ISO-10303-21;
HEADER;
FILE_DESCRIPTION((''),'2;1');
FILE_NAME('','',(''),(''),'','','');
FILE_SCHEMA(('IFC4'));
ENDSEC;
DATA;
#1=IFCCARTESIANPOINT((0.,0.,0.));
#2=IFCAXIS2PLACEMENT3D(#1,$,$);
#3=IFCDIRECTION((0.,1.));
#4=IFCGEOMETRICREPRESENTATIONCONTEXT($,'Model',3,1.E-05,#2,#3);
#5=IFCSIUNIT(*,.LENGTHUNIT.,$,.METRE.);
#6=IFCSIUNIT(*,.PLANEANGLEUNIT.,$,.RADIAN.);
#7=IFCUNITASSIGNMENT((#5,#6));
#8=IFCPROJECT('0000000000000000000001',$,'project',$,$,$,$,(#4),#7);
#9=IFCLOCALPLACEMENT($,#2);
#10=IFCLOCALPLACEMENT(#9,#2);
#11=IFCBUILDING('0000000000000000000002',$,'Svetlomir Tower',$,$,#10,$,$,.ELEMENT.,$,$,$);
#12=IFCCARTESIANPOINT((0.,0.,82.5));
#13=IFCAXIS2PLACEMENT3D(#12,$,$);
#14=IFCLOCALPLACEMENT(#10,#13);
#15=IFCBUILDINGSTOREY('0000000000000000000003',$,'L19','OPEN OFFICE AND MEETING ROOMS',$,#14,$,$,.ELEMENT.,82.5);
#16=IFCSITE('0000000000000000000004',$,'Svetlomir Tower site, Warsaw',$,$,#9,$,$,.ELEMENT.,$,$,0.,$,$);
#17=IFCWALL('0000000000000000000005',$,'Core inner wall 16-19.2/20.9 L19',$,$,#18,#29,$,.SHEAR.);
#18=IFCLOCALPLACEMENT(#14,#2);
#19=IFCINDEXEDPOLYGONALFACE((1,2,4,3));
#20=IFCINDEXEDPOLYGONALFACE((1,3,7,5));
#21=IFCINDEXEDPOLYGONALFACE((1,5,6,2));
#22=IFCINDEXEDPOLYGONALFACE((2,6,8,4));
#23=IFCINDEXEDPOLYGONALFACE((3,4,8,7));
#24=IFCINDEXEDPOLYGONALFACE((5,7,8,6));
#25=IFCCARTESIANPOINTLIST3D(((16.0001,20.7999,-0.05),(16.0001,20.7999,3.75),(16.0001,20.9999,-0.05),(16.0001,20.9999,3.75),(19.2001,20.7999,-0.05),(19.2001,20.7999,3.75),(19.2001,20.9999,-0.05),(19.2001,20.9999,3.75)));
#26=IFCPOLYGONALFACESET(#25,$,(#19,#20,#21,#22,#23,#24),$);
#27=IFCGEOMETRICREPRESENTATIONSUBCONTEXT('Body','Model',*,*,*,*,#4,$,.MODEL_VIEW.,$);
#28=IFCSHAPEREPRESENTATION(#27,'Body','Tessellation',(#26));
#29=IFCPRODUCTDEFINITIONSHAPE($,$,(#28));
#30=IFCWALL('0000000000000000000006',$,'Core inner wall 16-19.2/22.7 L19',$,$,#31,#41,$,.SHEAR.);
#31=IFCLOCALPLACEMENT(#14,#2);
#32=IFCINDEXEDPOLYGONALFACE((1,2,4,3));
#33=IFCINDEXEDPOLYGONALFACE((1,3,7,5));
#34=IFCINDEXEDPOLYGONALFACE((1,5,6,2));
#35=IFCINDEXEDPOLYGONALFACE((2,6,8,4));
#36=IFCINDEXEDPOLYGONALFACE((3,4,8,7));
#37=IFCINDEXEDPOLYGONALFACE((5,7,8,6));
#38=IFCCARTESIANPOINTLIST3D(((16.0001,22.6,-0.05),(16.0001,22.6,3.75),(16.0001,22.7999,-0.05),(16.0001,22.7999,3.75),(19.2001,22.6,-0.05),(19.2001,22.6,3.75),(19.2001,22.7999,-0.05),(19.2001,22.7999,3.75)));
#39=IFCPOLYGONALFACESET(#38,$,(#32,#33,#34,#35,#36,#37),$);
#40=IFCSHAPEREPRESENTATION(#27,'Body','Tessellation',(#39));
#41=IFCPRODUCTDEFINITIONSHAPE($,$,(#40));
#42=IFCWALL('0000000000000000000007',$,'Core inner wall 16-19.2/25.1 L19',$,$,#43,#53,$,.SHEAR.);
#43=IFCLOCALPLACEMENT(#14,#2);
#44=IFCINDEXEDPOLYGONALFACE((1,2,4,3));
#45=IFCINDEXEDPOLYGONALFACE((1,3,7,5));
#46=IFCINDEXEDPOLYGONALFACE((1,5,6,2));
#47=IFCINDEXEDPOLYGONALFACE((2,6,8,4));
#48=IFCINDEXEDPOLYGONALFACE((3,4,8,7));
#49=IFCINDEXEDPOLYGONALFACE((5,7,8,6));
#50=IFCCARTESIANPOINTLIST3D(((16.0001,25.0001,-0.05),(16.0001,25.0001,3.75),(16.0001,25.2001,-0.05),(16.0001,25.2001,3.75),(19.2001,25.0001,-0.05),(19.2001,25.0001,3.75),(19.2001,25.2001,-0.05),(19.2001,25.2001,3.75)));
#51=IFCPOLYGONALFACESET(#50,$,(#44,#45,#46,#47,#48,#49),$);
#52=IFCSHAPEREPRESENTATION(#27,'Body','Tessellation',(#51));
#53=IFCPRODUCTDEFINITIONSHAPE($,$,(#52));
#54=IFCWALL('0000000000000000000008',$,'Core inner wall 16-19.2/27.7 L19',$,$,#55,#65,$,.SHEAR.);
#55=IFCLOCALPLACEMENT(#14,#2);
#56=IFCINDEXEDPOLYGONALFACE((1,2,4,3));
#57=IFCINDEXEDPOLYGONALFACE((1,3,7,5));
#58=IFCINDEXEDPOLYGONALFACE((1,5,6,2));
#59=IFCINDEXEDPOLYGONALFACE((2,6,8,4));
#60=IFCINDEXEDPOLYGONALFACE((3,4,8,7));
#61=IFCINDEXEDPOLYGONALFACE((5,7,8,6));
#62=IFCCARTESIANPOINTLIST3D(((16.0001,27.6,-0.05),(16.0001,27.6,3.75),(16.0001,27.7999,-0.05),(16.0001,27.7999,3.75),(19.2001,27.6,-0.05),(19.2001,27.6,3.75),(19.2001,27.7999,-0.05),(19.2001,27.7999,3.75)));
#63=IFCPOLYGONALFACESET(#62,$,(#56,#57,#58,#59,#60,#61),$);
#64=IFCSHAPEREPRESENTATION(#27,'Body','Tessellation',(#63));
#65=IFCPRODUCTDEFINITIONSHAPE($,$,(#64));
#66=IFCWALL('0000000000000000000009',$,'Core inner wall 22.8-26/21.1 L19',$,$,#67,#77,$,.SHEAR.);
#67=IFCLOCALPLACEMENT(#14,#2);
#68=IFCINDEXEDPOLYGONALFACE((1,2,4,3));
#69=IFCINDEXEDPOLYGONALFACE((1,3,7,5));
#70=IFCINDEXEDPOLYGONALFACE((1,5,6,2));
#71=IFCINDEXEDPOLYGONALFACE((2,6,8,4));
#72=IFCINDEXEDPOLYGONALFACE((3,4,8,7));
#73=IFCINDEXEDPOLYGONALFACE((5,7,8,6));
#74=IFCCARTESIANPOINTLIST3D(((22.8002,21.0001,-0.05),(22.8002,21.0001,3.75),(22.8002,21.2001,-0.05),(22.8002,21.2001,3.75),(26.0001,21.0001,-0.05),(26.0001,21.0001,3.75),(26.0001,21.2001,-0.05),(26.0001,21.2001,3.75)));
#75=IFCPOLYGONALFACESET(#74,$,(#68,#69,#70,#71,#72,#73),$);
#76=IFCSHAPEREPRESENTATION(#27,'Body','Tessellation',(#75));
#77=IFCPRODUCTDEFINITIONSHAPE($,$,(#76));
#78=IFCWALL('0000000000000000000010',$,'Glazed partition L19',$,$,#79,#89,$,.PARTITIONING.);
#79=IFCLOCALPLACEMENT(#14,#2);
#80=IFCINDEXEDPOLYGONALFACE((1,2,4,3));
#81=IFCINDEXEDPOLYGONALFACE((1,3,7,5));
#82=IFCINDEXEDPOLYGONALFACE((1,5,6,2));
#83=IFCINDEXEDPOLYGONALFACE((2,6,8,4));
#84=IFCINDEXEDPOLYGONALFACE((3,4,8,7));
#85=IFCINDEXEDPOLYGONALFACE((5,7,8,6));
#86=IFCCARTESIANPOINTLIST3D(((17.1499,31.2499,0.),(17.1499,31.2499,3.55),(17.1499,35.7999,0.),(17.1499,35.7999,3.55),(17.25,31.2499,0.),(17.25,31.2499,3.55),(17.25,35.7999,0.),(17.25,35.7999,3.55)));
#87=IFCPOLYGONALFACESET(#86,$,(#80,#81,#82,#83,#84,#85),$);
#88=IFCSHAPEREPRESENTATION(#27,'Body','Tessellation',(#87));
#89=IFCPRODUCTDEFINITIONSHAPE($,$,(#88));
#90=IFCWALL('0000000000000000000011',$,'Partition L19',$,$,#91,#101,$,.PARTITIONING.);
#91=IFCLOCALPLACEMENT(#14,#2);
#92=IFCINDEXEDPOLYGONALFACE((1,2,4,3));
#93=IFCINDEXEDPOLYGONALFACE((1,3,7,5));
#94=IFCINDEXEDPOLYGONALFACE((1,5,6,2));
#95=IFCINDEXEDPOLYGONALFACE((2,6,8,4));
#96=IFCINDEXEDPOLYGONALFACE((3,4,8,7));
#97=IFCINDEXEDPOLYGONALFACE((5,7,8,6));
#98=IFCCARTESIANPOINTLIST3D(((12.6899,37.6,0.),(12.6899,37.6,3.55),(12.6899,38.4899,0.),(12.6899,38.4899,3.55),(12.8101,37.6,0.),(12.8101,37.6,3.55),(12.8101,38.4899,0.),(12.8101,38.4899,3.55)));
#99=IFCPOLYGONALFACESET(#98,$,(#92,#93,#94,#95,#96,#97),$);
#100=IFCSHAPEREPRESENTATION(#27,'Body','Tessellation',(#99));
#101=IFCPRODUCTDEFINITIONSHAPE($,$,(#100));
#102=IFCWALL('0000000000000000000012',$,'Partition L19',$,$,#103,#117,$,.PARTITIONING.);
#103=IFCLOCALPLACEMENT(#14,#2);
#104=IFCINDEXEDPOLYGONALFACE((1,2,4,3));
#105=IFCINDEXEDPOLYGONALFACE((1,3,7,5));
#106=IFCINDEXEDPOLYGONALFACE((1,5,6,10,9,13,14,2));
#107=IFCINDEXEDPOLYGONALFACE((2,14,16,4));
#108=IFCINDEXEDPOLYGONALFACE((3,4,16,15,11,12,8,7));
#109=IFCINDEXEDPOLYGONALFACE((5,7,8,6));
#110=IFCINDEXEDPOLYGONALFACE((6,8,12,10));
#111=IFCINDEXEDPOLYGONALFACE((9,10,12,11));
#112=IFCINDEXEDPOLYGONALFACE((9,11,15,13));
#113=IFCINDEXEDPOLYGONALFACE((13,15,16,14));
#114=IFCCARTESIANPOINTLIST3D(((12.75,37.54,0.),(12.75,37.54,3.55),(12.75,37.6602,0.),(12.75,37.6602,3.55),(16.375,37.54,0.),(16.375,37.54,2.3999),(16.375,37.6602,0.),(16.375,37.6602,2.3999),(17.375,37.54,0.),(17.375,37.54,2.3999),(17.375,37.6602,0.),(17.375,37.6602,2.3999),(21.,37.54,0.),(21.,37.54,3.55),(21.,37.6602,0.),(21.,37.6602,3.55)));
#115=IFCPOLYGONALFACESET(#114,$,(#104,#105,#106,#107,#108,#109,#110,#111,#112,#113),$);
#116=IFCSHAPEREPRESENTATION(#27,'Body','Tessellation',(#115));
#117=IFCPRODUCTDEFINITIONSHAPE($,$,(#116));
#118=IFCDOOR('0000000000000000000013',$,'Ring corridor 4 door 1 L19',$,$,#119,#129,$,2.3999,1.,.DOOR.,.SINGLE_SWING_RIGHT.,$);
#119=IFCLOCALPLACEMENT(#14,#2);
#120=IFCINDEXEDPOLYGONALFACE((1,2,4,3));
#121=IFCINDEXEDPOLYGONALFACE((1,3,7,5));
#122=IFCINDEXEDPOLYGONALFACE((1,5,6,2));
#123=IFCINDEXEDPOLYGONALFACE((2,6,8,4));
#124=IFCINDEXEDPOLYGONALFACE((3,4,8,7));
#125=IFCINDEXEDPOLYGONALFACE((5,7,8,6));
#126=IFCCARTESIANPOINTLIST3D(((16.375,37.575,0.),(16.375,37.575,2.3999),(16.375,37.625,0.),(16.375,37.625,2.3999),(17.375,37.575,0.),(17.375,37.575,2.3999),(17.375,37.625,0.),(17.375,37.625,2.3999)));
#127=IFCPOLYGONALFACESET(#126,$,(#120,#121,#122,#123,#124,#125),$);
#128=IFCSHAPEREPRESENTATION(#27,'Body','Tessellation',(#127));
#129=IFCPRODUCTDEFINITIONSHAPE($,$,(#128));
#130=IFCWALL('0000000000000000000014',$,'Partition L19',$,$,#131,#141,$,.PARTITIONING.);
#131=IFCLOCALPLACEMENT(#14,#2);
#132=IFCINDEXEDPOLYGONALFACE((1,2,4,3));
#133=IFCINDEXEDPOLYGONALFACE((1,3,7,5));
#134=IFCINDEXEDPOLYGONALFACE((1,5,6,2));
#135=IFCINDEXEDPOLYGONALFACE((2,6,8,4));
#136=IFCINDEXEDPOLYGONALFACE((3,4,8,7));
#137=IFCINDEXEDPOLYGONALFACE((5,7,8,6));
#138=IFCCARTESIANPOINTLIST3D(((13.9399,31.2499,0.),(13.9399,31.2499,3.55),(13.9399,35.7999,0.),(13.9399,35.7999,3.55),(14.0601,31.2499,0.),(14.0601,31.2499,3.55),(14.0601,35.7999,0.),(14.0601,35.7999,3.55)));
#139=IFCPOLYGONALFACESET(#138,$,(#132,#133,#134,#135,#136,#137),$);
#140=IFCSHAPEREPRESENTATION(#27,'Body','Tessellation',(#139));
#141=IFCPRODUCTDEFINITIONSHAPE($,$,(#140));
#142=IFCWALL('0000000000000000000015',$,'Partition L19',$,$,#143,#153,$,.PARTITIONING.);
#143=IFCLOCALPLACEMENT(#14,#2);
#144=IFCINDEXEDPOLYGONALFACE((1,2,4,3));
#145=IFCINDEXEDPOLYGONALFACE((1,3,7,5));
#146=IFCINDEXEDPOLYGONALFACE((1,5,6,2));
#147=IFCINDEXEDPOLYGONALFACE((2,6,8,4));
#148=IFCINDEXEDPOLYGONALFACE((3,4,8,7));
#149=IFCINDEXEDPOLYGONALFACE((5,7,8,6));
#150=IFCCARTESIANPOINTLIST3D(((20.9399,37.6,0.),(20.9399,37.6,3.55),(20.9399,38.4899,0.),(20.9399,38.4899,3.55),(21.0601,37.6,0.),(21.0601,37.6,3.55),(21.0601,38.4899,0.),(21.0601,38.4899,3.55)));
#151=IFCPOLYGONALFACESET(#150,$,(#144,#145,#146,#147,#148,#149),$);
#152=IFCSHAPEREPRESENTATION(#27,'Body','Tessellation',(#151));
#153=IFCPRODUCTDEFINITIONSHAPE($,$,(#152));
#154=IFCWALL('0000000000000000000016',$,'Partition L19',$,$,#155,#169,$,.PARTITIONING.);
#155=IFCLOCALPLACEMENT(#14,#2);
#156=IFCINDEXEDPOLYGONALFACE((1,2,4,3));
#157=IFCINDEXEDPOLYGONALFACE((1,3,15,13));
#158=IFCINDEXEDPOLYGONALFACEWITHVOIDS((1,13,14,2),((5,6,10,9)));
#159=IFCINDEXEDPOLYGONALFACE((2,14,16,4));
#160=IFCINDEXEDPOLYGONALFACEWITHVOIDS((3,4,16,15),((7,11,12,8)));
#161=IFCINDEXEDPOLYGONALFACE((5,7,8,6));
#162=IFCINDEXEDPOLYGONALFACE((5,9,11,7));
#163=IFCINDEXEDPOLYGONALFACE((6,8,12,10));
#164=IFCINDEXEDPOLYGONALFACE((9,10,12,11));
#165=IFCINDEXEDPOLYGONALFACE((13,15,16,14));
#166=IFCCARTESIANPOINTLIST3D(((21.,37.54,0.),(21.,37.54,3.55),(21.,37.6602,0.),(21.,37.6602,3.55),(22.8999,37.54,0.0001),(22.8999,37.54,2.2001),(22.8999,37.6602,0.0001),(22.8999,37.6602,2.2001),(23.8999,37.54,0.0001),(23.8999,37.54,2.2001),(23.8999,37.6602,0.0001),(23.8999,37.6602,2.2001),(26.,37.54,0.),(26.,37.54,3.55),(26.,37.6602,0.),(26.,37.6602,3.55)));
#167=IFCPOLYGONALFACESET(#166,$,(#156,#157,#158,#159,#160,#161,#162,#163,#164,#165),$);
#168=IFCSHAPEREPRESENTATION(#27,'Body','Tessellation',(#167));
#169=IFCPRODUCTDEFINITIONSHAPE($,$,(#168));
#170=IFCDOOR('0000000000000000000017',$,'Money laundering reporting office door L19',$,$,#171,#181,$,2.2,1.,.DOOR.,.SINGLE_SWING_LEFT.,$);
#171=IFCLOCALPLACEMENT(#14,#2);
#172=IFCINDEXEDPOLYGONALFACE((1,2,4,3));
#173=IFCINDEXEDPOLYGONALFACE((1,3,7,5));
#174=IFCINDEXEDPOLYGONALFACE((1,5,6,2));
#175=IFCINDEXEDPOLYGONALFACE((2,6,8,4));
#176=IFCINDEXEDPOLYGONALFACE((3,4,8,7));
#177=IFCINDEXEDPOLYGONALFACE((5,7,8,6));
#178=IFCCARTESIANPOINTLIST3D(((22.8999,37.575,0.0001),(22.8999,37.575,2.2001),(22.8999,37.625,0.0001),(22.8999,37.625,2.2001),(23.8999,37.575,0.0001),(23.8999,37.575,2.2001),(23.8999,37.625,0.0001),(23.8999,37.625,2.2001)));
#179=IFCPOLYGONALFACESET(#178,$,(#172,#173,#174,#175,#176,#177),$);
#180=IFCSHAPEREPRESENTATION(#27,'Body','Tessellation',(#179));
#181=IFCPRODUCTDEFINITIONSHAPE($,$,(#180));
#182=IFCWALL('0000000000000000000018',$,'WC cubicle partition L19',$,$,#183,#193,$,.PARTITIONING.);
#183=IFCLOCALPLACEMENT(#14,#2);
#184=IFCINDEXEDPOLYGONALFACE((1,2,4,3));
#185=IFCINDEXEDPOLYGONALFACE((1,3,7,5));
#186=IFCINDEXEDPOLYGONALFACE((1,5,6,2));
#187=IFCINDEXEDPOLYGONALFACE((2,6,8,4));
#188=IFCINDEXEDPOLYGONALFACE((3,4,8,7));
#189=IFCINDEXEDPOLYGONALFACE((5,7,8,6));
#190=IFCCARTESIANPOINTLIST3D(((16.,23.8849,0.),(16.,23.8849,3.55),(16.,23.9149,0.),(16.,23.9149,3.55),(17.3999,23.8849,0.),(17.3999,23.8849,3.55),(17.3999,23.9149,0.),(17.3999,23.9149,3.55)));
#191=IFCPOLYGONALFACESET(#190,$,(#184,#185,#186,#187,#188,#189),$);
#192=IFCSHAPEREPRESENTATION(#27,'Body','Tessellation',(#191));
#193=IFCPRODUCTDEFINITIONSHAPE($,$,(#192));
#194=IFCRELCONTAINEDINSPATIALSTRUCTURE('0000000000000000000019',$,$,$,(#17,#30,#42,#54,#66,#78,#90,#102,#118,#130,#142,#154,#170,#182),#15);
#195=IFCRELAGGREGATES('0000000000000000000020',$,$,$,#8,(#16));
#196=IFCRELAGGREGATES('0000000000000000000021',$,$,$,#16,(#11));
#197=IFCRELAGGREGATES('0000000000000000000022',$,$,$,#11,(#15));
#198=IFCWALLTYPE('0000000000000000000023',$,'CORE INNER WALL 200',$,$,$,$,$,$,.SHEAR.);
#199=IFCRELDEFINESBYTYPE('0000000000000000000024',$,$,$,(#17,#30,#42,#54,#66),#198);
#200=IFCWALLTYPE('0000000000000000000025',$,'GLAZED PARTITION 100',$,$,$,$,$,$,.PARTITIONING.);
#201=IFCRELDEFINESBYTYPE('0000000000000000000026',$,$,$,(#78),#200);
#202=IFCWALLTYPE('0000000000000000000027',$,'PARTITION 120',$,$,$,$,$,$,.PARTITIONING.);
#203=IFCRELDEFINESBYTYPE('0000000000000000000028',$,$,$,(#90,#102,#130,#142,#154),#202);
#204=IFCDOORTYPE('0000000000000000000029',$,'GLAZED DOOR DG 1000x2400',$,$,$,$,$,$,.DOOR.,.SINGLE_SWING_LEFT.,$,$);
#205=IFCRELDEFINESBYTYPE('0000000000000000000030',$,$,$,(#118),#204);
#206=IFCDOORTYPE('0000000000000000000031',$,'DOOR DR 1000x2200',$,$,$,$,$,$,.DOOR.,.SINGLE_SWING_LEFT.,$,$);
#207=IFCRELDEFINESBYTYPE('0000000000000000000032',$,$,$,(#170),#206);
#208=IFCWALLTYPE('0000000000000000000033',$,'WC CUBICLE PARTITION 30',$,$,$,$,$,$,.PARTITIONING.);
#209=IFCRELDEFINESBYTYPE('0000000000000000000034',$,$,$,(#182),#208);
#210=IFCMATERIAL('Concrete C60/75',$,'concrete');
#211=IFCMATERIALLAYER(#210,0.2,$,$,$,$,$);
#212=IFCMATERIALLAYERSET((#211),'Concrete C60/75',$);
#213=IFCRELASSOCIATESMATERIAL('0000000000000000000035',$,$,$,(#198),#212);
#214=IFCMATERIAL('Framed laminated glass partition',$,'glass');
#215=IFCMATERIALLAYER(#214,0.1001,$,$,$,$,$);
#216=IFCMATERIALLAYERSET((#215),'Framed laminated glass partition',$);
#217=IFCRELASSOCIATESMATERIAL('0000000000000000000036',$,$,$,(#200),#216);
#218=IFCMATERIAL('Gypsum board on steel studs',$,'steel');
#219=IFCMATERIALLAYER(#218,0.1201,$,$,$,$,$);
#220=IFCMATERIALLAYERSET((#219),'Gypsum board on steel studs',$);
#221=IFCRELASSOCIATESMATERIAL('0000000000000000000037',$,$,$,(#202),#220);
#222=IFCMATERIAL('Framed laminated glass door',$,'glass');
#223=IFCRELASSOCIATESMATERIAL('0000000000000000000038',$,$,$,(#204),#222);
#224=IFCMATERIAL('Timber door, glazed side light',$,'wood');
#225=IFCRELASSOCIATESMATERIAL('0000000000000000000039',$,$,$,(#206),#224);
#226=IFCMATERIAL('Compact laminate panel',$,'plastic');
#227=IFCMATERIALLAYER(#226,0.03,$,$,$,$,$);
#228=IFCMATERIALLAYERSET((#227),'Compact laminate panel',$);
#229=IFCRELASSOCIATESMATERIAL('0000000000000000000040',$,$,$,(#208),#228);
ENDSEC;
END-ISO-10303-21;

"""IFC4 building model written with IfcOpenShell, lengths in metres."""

from ifc_helpers import new_model, si_unit, direction, frame, frame_2d, origin, place, context, subcontext, project, spatial, rectangle, extrude, material, layer, layer_set, type_object, element, fill, save


model = new_model("IFC4")

# Units and contexts
model_context = context("Model", 3, precision=1e-05, world=origin(), true_north=direction((0.0, 1.0)))
body_context = subcontext(model_context, "Body", "Model", "MODEL_VIEW")
ifc_project = project(units=[si_unit("LENGTHUNIT", "METRE"), si_unit("PLANEANGLEUNIT", "RADIAN")], contexts=[model_context])

# Site, building, storey
site_placement = place(None, origin())
site = spatial("IfcSite", under=ifc_project, at=site_placement, Name="Svetlomir Tower site, Warsaw", CompositionType="ELEMENT", RefElevation=0.0)
building_placement = place(site_placement, origin())
building = spatial("IfcBuilding", under=site, at=building_placement, Name="Svetlomir Tower", CompositionType="ELEMENT")
storey_placement = place(building_placement, frame((0.0, 0.0, 82.5)))
storey = spatial("IfcBuildingStorey", under=building, at=storey_placement, Name="L19", Description="OPEN OFFICE AND MEETING ROOMS", CompositionType="ELEMENT", Elevation=82.5)

# Walls
ifc_material_1 = material(Name="Concrete C60/75", Category="concrete")
ifc_layer_1 = layer(ifc_material_1, 0.2)
ifc_layer_set_1 = layer_set([ifc_layer_1], Name="Concrete C60/75")
wall_type_1 = type_object("IfcWallType", Name="CORE INNER WALL 200", PredefinedType="SHEAR", material=ifc_layer_set_1)
for number, where, z_axis, x_axis, name in (
    (1, (16.0, 20.8999, -0.05), (0.0, 0.0, 1.0), (1.0, 0.0, 0.0), "Core inner wall 16-19.2/20.9 L19"),
    (2, (16.0, 22.7, -0.05), (0.0, 0.0, 1.0), (1.0, 0.0, 0.0), "Core inner wall 16-19.2/22.7 L19"),
    (3, (16.0, 25.1001, -0.05), (0.0, 0.0, 1.0), (1.0, 0.0, 0.0), "Core inner wall 16-19.2/25.1 L19"),
    (4, (16.0, 27.7, -0.05), (0.0, 0.0, 1.0), (1.0, 0.0, 0.0), "Core inner wall 16-19.2/27.7 L19"),
    (5, (22.8, 21.1001, -0.05), (0.0, 0.0, 1.0), (1.0, 0.0, 0.0), "Core inner wall 22.8-26/21.1 L19"),
):
    element("IfcWall", number, at=place(storey_placement, frame(where, z_axis=z_axis, x_axis=x_axis)), inside=storey, type_object=wall_type_1, Name=name, PredefinedType="SHEAR", context=body_context, shape_type="SweptSolid", body=[
        extrude(rectangle(XDim=3.2, YDim=0.2, at=frame_2d((1.6001, 0.0))), origin(), (0.0, 0.0, 1.0), 3.8),
    ])
ifc_material_2 = material(Name="Framed laminated glass partition", Category="glass")
ifc_layer_2 = layer(ifc_material_2, 0.1001)
ifc_layer_set_2 = layer_set([ifc_layer_2], Name="Framed laminated glass partition")
wall_type_2 = type_object("IfcWallType", Name="GLAZED PARTITION 100", PredefinedType="PARTITIONING", material=ifc_layer_set_2)
wall_1_placement = place(storey_placement, frame((17.2, 31.25, 0.0), z_axis=(0.0, 0.0, 1.0), x_axis=(0.0, 1.0, 0.0)))
element("IfcWall", 6, at=wall_1_placement, inside=storey, type_object=wall_type_2, Name="Glazed partition L19", PredefinedType="PARTITIONING", context=body_context, shape_type="SweptSolid", body=[
    extrude(rectangle(XDim=4.55, YDim=0.1001, at=frame_2d((2.2749, 0.0))), origin(), (0.0, 0.0, 1.0), 3.55),
])
ifc_material_3 = material(Name="Gypsum board on steel studs", Category="steel")
ifc_layer_3 = layer(ifc_material_3, 0.1201)
ifc_layer_set_3 = layer_set([ifc_layer_3], Name="Gypsum board on steel studs")
wall_type_3 = type_object("IfcWallType", Name="PARTITION 120", PredefinedType="PARTITIONING", material=ifc_layer_set_3)
wall_2_placement = place(storey_placement, frame((12.75, 37.6001, 0.0), z_axis=(0.0, 0.0, 1.0), x_axis=(0.0, 1.0, 0.0)))
element("IfcWall", 7, at=wall_2_placement, inside=storey, type_object=wall_type_3, Name="Partition L19", PredefinedType="PARTITIONING", context=body_context, shape_type="SweptSolid", body=[
    extrude(rectangle(XDim=0.8899, YDim=0.1201, at=frame_2d((0.4448, 0.0))), origin(), (0.0, 0.0, 1.0), 3.55),
])

# Wall, opening, door
wall_3_placement = place(storey_placement, frame((12.75, 37.6001, 0.0), z_axis=(0.0, 0.0, 1.0), x_axis=(1.0, 0.0, 0.0)))
wall_3 = element("IfcWall", 8, at=wall_3_placement, inside=storey, type_object=wall_type_3, Name="Partition L19", PredefinedType="PARTITIONING", context=body_context, shape_type="SweptSolid", body=[
    extrude(rectangle(XDim=8.25, YDim=0.1201, at=frame_2d((4.125, 0.0))), origin(), (0.0, 0.0, 1.0), 3.55),
])
opening_1_placement = place(wall_3_placement, frame((3.625, 0.0, 0.0)))
opening_1 = element("IfcOpeningElement", 9, at=opening_1_placement, cuts=wall_3, PredefinedType="OPENING", context=body_context, shape_type="SweptSolid", body=[
    extrude(rectangle(XDim=1.0, YDim=2.3999, at=frame_2d((0.5, 1.2))), frame((0.0, 0.0701, 0.0), z_axis=(0.0, -1.0, 0.0), x_axis=(1.0, 0.0, 0.0)), (0.0, 0.0, 1.0), 0.1401),
])
ifc_material_4 = material(Name="Framed laminated glass door", Category="glass")
door_type_1 = type_object("IfcDoorType", Name="GLAZED DOOR DG 1000x2400", OperationType="SINGLE_SWING_LEFT", PredefinedType="DOOR", material=ifc_material_4)
door_1_placement = place(opening_1_placement, origin())
door_1 = element("IfcDoor", 10, at=door_1_placement, inside=storey, type_object=door_type_1, Name="Ring corridor 4 door 1 L19", OperationType="SINGLE_SWING_RIGHT", OverallHeight=2.3999, OverallWidth=1.0, PredefinedType="DOOR", context=body_context, shape_type="SweptSolid", body=[
    extrude(rectangle(XDim=1.0, YDim=2.3999, at=frame_2d((0.5, 1.2))), frame((0.0, 0.0249, 0.0), z_axis=(0.0, -1.0, 0.0), x_axis=(1.0, 0.0, 0.0)), (0.0, 0.0, 1.0), 0.05),
])
fill(opening_1, door_1)

# Wall
wall_4_placement = place(storey_placement, frame((14.0, 31.25, 0.0), z_axis=(0.0, 0.0, 1.0), x_axis=(0.0, 1.0, 0.0)))
element("IfcWall", 11, at=wall_4_placement, inside=storey, type_object=wall_type_3, Name="Partition L19", PredefinedType="PARTITIONING", context=body_context, shape_type="SweptSolid", body=[
    extrude(rectangle(XDim=4.55, YDim=0.1201, at=frame_2d((2.2749, 0.0))), origin(), (0.0, 0.0, 1.0), 3.55),
])

# Wall
wall_5_placement = place(storey_placement, frame((21.0, 37.6001, 0.0), z_axis=(0.0, 0.0, 1.0), x_axis=(0.0, 1.0, 0.0)))
element("IfcWall", 12, at=wall_5_placement, inside=storey, type_object=wall_type_3, Name="Partition L19", PredefinedType="PARTITIONING", context=body_context, shape_type="SweptSolid", body=[
    extrude(rectangle(XDim=0.8899, YDim=0.1201, at=frame_2d((0.4448, 0.0))), origin(), (0.0, 0.0, 1.0), 3.55),
])

# Wall, opening, door
wall_6_placement = place(storey_placement, frame((21.0, 37.6001, 0.0), z_axis=(0.0, 0.0, 1.0), x_axis=(1.0, 0.0, 0.0)))
wall_6 = element("IfcWall", 13, at=wall_6_placement, inside=storey, type_object=wall_type_3, Name="Partition L19", PredefinedType="PARTITIONING", context=body_context, shape_type="SweptSolid", body=[
    extrude(rectangle(XDim=5.0, YDim=0.1201, at=frame_2d((2.5, 0.0))), origin(), (0.0, 0.0, 1.0), 3.55),
])
opening_2_placement = place(wall_6_placement, frame((1.8999, 0.0, 0.0)))
opening_2 = element("IfcOpeningElement", 14, at=opening_2_placement, cuts=wall_6, PredefinedType="OPENING", context=body_context, shape_type="SweptSolid", body=[
    extrude(rectangle(XDim=1.0, YDim=2.2, at=frame_2d((0.5, 1.1001))), frame((0.0, 0.0701, 0.0), z_axis=(0.0, -1.0, 0.0), x_axis=(1.0, 0.0, 0.0)), (0.0, 0.0, 1.0), 0.1401),
])
ifc_material_5 = material(Name="Timber door, glazed side light", Category="wood")
door_type_2 = type_object("IfcDoorType", Name="DOOR DR 1000x2200", OperationType="SINGLE_SWING_LEFT", PredefinedType="DOOR", material=ifc_material_5)
door_2_placement = place(opening_2_placement, origin())
door_2 = element("IfcDoor", 15, at=door_2_placement, inside=storey, type_object=door_type_2, Name="Money laundering reporting office door L19", OperationType="SINGLE_SWING_LEFT", OverallHeight=2.2, OverallWidth=1.0, PredefinedType="DOOR", context=body_context, shape_type="SweptSolid", body=[
    extrude(rectangle(XDim=1.0, YDim=2.2, at=frame_2d((0.5, 1.1001))), frame((0.0, 0.0249, 0.0), z_axis=(0.0, -1.0, 0.0), x_axis=(1.0, 0.0, 0.0)), (0.0, 0.0, 1.0), 0.05),
])
fill(opening_2, door_2)

# Wall
ifc_material_6 = material(Name="Compact laminate panel", Category="plastic")
ifc_layer_4 = layer(ifc_material_6, 0.03)
ifc_layer_set_4 = layer_set([ifc_layer_4], Name="Compact laminate panel")
wall_type_4 = type_object("IfcWallType", Name="WC CUBICLE PARTITION 30", PredefinedType="PARTITIONING", material=ifc_layer_set_4)
wall_7_placement = place(storey_placement, frame((16.0, 23.8999, 0.0), z_axis=(0.0, 0.0, 1.0), x_axis=(1.0, 0.0, 0.0)))
element("IfcWall", 16, at=wall_7_placement, inside=storey, type_object=wall_type_4, Name="WC cubicle partition L19", PredefinedType="PARTITIONING", context=body_context, shape_type="SweptSolid", body=[
    extrude(rectangle(XDim=1.3999, YDim=0.03, at=frame_2d((0.7, 0.0))), origin(), (0.0, 0.0, 1.0), 3.55),
])

save(model, "model.ifc")
